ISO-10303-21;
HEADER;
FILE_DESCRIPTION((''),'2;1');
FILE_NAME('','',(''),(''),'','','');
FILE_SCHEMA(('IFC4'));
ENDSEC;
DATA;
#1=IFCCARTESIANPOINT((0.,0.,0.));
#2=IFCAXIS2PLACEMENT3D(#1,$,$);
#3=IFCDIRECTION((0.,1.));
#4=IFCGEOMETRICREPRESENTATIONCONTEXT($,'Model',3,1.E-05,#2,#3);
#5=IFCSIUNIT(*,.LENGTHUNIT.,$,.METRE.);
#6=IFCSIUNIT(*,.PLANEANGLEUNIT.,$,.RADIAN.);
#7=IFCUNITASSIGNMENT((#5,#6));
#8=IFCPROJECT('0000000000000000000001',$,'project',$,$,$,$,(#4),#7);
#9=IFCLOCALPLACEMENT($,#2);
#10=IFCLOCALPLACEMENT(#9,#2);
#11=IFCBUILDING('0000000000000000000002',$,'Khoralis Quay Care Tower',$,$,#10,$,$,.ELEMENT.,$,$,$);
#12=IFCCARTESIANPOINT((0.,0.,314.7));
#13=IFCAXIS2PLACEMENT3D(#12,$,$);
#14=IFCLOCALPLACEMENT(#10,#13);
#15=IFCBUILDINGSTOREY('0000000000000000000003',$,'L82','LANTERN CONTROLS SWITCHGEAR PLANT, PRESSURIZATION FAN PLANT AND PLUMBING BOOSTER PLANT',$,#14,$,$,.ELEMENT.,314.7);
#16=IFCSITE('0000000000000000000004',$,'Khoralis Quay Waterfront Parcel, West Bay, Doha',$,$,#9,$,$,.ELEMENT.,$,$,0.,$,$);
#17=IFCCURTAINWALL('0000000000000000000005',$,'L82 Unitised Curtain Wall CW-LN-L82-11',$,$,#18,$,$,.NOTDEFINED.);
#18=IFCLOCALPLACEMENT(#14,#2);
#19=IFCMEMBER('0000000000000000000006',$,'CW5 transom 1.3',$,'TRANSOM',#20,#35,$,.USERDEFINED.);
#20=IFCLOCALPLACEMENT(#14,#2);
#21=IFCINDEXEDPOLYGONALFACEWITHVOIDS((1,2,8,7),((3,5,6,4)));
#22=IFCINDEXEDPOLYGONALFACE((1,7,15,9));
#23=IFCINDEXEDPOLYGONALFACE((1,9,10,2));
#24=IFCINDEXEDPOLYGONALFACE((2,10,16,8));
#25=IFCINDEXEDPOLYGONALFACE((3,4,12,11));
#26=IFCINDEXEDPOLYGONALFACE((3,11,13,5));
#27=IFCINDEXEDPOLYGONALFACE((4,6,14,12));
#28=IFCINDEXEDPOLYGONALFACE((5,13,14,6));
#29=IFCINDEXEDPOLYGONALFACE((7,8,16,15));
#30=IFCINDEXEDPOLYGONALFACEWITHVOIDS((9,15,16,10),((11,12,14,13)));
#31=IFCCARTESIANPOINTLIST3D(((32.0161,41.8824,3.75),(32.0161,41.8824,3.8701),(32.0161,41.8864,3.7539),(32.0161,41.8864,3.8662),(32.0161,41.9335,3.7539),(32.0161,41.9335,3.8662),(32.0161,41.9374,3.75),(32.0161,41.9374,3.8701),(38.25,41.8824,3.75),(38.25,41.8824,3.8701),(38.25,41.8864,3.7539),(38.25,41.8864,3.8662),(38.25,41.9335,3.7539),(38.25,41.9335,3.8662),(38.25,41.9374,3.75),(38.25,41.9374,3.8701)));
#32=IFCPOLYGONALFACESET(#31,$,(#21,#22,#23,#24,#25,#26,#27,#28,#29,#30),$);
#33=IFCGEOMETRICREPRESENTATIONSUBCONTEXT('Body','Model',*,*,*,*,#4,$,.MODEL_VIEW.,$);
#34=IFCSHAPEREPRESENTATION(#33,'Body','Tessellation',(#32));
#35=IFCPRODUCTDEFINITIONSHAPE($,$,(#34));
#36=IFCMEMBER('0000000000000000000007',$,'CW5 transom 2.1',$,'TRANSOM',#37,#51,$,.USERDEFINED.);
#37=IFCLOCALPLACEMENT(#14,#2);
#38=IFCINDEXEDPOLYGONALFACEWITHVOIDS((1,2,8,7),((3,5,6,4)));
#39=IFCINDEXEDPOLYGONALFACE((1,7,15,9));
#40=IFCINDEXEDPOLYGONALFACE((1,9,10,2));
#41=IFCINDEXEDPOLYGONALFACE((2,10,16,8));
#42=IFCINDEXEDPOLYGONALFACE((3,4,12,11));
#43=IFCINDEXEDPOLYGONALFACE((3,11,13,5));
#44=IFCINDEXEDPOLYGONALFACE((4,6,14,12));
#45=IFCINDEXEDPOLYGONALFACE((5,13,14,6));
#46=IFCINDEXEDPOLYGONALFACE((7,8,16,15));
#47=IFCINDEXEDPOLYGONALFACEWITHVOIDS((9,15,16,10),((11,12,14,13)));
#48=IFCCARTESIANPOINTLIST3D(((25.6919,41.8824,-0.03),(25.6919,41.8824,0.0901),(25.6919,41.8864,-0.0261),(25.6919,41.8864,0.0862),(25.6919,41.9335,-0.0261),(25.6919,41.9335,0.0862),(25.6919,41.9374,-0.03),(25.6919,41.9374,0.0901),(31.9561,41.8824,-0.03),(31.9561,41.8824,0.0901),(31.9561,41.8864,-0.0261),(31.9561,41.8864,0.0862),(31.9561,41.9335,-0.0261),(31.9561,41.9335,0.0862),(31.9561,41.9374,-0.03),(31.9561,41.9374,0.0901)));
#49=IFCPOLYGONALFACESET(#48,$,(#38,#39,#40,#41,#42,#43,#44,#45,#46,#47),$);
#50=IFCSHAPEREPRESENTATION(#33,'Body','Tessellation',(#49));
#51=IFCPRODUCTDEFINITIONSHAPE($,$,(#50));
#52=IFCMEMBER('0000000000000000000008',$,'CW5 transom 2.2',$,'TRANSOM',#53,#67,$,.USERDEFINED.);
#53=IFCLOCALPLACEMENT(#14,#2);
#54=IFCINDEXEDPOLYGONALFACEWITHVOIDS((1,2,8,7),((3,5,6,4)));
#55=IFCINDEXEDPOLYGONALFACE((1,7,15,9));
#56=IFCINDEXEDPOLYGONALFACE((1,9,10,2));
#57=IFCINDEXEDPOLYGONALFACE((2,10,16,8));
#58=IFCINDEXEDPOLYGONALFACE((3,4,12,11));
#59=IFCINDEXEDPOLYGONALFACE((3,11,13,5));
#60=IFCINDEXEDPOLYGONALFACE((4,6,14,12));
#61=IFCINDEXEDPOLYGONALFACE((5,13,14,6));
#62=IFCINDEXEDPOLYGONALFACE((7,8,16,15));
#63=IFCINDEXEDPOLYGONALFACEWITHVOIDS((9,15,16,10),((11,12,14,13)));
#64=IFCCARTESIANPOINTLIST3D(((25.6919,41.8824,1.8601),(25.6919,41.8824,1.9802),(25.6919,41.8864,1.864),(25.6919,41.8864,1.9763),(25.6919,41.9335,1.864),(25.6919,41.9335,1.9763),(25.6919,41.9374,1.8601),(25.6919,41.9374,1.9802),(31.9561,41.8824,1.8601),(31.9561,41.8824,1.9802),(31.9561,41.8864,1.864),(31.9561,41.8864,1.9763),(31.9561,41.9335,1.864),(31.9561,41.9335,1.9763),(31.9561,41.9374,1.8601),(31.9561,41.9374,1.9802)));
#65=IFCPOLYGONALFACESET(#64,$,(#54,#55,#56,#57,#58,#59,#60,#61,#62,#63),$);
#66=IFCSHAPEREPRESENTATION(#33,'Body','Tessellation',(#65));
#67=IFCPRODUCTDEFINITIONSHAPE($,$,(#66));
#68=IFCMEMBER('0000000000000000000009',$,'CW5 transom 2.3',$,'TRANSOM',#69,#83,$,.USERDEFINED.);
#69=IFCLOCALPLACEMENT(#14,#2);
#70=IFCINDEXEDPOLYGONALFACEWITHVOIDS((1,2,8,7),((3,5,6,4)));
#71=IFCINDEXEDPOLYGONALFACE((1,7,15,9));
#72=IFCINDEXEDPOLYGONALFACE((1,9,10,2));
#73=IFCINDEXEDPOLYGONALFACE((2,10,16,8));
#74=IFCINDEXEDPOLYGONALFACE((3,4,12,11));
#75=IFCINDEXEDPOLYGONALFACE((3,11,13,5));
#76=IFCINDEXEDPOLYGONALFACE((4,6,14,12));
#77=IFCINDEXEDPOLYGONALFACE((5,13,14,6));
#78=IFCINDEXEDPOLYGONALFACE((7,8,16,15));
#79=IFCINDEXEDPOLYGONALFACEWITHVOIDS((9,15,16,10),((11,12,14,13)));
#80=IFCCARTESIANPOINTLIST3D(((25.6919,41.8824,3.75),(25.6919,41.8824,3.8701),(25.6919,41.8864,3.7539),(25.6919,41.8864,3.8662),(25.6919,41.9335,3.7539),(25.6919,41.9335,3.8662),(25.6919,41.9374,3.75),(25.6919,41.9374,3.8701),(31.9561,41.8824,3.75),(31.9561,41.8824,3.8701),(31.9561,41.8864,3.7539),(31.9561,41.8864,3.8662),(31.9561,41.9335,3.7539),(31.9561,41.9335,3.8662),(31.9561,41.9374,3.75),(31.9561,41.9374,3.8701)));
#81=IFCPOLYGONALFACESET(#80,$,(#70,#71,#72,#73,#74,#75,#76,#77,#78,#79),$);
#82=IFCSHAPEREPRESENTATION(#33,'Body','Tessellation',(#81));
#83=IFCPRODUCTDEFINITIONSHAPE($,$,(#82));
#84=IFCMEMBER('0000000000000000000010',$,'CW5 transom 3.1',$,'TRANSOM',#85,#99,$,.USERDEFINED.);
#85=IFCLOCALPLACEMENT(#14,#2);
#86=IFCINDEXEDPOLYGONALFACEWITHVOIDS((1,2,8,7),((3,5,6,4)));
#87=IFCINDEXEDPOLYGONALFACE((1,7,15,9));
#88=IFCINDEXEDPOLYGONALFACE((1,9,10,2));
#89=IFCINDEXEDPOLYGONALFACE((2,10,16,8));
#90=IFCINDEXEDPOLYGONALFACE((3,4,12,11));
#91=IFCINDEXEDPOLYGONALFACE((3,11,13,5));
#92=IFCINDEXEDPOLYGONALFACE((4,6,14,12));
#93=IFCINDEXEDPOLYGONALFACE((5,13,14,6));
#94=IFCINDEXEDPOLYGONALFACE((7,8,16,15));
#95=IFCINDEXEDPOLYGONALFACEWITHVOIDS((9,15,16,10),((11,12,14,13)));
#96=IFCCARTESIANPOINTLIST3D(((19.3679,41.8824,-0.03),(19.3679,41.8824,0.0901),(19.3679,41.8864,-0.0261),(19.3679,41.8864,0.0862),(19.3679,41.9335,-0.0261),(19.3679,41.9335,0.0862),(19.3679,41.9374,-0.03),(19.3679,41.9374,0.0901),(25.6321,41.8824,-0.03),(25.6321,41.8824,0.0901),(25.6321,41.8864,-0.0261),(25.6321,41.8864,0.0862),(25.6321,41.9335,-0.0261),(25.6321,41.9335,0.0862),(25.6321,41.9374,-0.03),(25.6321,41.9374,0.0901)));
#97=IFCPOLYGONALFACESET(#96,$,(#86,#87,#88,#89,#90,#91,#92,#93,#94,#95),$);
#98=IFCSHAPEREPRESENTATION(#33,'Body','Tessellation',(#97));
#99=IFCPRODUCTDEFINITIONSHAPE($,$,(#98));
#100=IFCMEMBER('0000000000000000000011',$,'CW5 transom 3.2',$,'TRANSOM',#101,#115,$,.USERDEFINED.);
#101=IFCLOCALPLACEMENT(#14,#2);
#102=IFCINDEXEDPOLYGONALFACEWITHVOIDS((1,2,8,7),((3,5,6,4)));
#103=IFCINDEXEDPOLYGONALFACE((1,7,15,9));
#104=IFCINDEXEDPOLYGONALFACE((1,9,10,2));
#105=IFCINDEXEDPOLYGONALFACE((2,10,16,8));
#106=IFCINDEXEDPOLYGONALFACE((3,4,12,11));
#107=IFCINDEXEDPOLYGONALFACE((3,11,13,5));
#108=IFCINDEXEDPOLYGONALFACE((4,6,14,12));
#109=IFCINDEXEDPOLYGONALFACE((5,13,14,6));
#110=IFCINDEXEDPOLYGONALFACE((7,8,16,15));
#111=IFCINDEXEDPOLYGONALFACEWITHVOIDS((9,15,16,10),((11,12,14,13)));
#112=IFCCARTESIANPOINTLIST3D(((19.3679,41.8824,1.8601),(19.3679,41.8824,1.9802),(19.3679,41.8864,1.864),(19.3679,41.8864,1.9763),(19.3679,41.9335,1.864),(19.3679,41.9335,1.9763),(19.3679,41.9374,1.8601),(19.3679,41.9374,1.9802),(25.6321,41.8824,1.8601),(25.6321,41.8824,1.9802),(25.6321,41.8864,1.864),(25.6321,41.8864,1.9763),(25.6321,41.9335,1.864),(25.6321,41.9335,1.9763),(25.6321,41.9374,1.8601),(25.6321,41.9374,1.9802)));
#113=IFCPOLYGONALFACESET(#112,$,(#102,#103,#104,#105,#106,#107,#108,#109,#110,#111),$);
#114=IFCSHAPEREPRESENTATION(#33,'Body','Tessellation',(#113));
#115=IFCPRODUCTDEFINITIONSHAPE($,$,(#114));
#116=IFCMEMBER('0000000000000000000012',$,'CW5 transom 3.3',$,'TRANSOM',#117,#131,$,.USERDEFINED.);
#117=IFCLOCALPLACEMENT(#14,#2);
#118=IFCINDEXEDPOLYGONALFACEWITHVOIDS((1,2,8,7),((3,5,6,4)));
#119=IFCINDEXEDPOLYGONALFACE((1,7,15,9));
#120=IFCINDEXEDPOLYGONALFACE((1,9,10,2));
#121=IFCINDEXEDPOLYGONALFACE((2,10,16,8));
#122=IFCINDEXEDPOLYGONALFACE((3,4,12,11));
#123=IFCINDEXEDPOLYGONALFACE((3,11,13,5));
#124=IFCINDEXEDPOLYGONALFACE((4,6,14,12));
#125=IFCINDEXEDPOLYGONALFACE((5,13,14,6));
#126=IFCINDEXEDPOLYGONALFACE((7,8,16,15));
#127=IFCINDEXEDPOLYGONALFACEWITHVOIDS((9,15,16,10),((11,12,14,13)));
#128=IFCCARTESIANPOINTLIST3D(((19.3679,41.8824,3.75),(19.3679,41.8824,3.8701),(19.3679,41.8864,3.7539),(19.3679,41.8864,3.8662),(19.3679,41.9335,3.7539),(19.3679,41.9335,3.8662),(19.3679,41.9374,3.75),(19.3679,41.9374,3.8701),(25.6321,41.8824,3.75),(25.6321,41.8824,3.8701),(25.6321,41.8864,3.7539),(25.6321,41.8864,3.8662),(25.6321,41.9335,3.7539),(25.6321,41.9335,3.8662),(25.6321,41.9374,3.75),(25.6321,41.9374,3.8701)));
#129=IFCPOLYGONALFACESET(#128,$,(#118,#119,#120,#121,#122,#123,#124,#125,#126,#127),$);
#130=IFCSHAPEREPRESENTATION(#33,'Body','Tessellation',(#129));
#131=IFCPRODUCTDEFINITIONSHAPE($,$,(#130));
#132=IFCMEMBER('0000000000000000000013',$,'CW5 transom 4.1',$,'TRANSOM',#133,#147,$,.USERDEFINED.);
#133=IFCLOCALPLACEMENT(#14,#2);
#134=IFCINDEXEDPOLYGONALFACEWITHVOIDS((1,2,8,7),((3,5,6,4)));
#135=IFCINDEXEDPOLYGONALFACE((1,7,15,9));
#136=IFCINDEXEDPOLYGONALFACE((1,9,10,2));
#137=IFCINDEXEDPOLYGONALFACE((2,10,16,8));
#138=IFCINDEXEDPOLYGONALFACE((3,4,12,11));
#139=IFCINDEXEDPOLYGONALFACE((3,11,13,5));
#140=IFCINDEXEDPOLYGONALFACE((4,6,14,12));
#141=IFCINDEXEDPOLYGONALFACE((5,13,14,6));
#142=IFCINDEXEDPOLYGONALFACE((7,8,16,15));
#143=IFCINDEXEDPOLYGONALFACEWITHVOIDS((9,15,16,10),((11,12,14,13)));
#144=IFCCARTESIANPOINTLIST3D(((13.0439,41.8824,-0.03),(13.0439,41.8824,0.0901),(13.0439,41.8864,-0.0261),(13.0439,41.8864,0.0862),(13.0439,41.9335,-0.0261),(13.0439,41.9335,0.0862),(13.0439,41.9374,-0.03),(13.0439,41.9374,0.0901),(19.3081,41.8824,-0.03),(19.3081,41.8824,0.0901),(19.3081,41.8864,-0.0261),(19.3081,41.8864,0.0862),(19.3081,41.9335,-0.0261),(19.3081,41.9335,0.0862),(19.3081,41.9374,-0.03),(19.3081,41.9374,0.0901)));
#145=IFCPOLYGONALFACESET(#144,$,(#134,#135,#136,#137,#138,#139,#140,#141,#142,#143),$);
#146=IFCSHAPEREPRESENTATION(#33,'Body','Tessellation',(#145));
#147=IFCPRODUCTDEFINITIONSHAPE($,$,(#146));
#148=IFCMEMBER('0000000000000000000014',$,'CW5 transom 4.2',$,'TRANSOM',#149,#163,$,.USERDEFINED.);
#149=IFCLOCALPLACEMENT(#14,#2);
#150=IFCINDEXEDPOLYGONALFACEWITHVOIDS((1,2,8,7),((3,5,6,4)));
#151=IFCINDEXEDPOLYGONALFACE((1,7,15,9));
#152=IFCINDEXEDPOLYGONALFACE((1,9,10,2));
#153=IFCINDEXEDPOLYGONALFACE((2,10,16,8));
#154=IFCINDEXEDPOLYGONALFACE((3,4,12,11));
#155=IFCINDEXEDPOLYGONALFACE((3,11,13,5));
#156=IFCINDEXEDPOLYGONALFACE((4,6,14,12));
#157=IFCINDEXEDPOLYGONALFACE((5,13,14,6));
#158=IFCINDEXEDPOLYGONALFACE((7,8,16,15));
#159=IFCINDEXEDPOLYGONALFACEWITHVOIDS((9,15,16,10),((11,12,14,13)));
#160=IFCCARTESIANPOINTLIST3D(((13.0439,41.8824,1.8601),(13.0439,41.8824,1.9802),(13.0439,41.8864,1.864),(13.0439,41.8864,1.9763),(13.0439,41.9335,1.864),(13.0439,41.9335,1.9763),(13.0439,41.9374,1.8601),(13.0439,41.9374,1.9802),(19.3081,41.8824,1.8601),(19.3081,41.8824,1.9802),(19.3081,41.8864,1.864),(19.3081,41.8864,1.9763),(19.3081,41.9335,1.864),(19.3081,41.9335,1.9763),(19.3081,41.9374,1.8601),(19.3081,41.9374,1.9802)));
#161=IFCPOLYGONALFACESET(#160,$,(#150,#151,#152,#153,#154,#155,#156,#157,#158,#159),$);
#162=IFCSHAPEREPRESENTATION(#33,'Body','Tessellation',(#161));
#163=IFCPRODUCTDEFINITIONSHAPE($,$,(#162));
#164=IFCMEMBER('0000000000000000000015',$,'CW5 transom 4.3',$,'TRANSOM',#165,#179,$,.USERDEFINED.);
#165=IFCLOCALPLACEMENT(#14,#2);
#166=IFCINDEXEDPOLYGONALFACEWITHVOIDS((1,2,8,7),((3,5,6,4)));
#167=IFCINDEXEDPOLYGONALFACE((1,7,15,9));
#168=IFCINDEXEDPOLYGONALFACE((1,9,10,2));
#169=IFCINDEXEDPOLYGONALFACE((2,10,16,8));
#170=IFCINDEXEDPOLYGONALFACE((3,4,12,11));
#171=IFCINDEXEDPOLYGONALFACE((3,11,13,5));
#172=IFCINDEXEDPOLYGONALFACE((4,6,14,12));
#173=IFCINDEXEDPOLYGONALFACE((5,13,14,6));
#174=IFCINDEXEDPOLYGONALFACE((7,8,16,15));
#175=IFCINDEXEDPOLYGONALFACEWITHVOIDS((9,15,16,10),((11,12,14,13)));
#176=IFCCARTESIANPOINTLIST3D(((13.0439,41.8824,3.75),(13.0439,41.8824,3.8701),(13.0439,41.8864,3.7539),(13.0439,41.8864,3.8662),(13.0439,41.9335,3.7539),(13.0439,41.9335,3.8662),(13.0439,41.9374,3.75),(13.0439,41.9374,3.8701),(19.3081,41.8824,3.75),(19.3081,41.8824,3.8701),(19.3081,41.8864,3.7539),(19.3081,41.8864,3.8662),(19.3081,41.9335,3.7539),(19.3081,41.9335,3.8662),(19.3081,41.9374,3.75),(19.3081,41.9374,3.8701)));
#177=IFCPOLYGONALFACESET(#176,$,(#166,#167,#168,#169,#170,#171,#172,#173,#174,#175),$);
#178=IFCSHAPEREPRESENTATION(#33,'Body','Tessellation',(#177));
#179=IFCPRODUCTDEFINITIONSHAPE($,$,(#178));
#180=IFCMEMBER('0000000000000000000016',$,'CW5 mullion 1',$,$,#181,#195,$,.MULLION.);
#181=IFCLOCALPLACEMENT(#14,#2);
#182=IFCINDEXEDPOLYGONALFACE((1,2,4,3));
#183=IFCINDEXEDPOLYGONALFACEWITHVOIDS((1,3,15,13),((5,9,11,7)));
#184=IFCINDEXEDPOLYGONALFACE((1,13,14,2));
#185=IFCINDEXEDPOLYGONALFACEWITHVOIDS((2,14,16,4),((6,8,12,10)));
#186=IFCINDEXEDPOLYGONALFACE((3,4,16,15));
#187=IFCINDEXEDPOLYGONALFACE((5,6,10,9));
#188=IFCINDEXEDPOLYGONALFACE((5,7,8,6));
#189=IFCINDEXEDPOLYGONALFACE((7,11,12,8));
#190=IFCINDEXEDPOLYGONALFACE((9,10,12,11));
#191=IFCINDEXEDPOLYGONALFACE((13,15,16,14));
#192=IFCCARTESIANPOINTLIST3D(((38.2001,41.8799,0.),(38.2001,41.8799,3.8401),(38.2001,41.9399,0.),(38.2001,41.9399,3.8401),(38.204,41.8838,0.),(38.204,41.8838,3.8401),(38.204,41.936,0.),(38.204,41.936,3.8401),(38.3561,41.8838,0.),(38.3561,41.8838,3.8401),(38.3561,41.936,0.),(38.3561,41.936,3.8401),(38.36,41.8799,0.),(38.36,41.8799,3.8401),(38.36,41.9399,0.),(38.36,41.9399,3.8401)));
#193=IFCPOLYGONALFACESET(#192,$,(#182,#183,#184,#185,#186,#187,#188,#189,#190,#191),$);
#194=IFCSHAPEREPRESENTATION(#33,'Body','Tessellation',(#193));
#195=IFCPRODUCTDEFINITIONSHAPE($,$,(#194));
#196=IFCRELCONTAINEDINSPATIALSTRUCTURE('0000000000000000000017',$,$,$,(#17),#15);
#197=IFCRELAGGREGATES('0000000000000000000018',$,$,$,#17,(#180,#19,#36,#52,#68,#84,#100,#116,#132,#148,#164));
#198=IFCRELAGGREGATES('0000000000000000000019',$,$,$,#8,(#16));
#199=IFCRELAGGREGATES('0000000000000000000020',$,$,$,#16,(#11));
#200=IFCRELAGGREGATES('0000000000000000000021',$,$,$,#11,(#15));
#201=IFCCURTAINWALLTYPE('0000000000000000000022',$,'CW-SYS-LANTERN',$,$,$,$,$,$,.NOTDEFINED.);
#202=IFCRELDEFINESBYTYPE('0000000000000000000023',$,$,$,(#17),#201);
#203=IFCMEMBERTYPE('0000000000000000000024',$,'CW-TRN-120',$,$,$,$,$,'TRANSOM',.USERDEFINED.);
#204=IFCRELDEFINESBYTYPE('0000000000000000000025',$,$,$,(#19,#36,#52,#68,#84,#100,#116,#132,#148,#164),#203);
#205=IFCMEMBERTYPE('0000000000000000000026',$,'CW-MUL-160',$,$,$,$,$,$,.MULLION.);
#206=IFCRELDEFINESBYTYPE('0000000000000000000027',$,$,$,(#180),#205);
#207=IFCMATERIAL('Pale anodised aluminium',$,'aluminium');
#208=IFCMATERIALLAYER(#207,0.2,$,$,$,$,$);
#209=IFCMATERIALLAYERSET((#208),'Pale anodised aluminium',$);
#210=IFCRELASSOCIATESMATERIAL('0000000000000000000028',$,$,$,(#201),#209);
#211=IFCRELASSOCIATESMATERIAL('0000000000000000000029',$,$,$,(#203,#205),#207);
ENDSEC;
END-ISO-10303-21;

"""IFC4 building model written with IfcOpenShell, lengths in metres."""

from ifc_helpers import new_model, si_unit, direction, frame, origin, origin_2d, place, context, subcontext, project, spatial, hollow_rectangle, extrude, source, transform, mapped, material, layer, layer_set, material_profile, profile_set, type_object, element, aggregate, save


model = new_model("IFC4")

# Units and contexts
model_context = context("Model", 3, precision=1e-05, world=origin(), true_north=direction((0.0, 1.0)))
body_context = subcontext(model_context, "Body", "Model", "MODEL_VIEW")
ifc_project = project(units=[si_unit("LENGTHUNIT", "METRE"), si_unit("PLANEANGLEUNIT", "RADIAN")], contexts=[model_context])

# Site, building, storey
site_placement = place(None, origin())
site = spatial("IfcSite", under=ifc_project, at=site_placement, Name="Khoralis Quay Waterfront Parcel, West Bay, Doha", CompositionType="ELEMENT", RefElevation=0.0)
building_placement = place(site_placement, origin())
building = spatial("IfcBuilding", under=site, at=building_placement, Name="Khoralis Quay Care Tower", CompositionType="ELEMENT")
storey_placement = place(building_placement, frame((0.0, 0.0, 314.7)))
storey = spatial("IfcBuildingStorey", under=building, at=storey_placement, Name="L82", Description="LANTERN CONTROLS SWITCHGEAR PLANT, PRESSURIZATION FAN PLANT AND PLUMBING BOOSTER PLANT", CompositionType="ELEMENT", Elevation=314.7)

# Curtain wall, members
ifc_material_1 = material(Name="Pale anodised aluminium", Category="aluminium")
ifc_layer_1 = layer(ifc_material_1, 0.2)
ifc_layer_set_1 = layer_set([ifc_layer_1], Name="Pale anodised aluminium")
curtain_wall_type = type_object("IfcCurtainWallType", Name="CW-SYS-LANTERN", PredefinedType="NOTDEFINED", material=ifc_layer_set_1)
curtain_wall_placement = place(storey_placement, origin())
curtain_wall = element("IfcCurtainWall", 1, at=curtain_wall_placement, inside=storey, type_object=curtain_wall_type, Name="L82 Unitised Curtain Wall CW-LN-L82-11", PredefinedType="NOTDEFINED")
ifc_material_profile_1 = material_profile(ifc_material_1, hollow_rectangle(XDim=0.0549, YDim=0.1201, WallThickness=0.0039, at=origin_2d()), Name="Pale anodised aluminium")
ifc_profile_set_1 = profile_set([ifc_material_profile_1], Name="Pale anodised aluminium")
member_type_1 = type_object("IfcMemberType", Name="CW-TRN-120", ElementType="TRANSOM", PredefinedType="USERDEFINED", material=ifc_profile_set_1)
shared_shape_1 = source(origin(), body_context, "Body", "SweptSolid", [
    extrude(hollow_rectangle(XDim=0.0549, YDim=0.1201, WallThickness=0.0039, at=origin_2d()), origin(), (0.0, 0.0, 1.0), 6.2339),
])
member_1_placement = place(storey_placement, frame((38.25, 41.9099, 3.8101), z_axis=(-1.0, 0.0, 0.0), x_axis=(0.0, -1.0, 0.0)))
member_1 = element("IfcMember", 2, at=member_1_placement, type_object=member_type_1, Name="CW5 transom 1.3", ObjectType="TRANSOM", PredefinedType="USERDEFINED", context=body_context, shape_type="MappedRepresentation", body=[
    mapped(shared_shape_1, transform((0.0, 0.0, 0.0), scale=1.0)),
])
shared_shape_2 = source(origin(), body_context, "Body", "SweptSolid", [
    extrude(hollow_rectangle(XDim=0.0549, YDim=0.1201, WallThickness=0.0039, at=origin_2d()), origin(), (0.0, 0.0, 1.0), 6.2642),
])
member_2_placement = place(storey_placement, frame((31.9561, 41.9099, 0.03), z_axis=(-1.0, 0.0, 0.0), x_axis=(0.0, -1.0, 0.0)))
member_2 = element("IfcMember", 3, at=member_2_placement, type_object=member_type_1, Name="CW5 transom 2.1", ObjectType="TRANSOM", PredefinedType="USERDEFINED", context=body_context, shape_type="MappedRepresentation", body=[
    mapped(shared_shape_2, transform((0.0, 0.0, 0.0), scale=1.0)),
])
member_3_placement = place(storey_placement, frame((31.9561, 41.9099, 1.9202), z_axis=(-1.0, 0.0, 0.0), x_axis=(0.0, -1.0, 0.0)))
member_3 = element("IfcMember", 4, at=member_3_placement, type_object=member_type_1, Name="CW5 transom 2.2", ObjectType="TRANSOM", PredefinedType="USERDEFINED", context=body_context, shape_type="MappedRepresentation", body=[
    mapped(shared_shape_2, transform((0.0, 0.0, 0.0), scale=1.0)),
])
member_4_placement = place(storey_placement, frame((31.9561, 41.9099, 3.8101), z_axis=(-1.0, 0.0, 0.0), x_axis=(0.0, -1.0, 0.0)))
member_4 = element("IfcMember", 5, at=member_4_placement, type_object=member_type_1, Name="CW5 transom 2.3", ObjectType="TRANSOM", PredefinedType="USERDEFINED", context=body_context, shape_type="MappedRepresentation", body=[
    mapped(shared_shape_2, transform((0.0, 0.0, 0.0), scale=1.0)),
])
member_5_placement = place(storey_placement, frame((25.6321, 41.9099, 0.03), z_axis=(-1.0, 0.0, 0.0), x_axis=(0.0, -1.0, 0.0)))
member_5 = element("IfcMember", 6, at=member_5_placement, type_object=member_type_1, Name="CW5 transom 3.1", ObjectType="TRANSOM", PredefinedType="USERDEFINED", context=body_context, shape_type="MappedRepresentation", body=[
    mapped(shared_shape_2, transform((0.0, 0.0, 0.0), scale=1.0)),
])
member_6_placement = place(storey_placement, frame((25.6321, 41.9099, 1.9202), z_axis=(-1.0, 0.0, 0.0), x_axis=(0.0, -1.0, 0.0)))
member_6 = element("IfcMember", 7, at=member_6_placement, type_object=member_type_1, Name="CW5 transom 3.2", ObjectType="TRANSOM", PredefinedType="USERDEFINED", context=body_context, shape_type="MappedRepresentation", body=[
    mapped(shared_shape_2, transform((0.0, 0.0, 0.0), scale=1.0)),
])
member_7_placement = place(storey_placement, frame((25.6321, 41.9099, 3.8101), z_axis=(-1.0, 0.0, 0.0), x_axis=(0.0, -1.0, 0.0)))
member_7 = element("IfcMember", 8, at=member_7_placement, type_object=member_type_1, Name="CW5 transom 3.3", ObjectType="TRANSOM", PredefinedType="USERDEFINED", context=body_context, shape_type="MappedRepresentation", body=[
    mapped(shared_shape_2, transform((0.0, 0.0, 0.0), scale=1.0)),
])
member_8_placement = place(storey_placement, frame((19.3081, 41.9099, 0.03), z_axis=(-1.0, 0.0, 0.0), x_axis=(0.0, -1.0, 0.0)))
member_8 = element("IfcMember", 9, at=member_8_placement, type_object=member_type_1, Name="CW5 transom 4.1", ObjectType="TRANSOM", PredefinedType="USERDEFINED", context=body_context, shape_type="MappedRepresentation", body=[
    mapped(shared_shape_2, transform((0.0, 0.0, 0.0), scale=1.0)),
])
member_9_placement = place(storey_placement, frame((19.3081, 41.9099, 1.9202), z_axis=(-1.0, 0.0, 0.0), x_axis=(0.0, -1.0, 0.0)))
member_9 = element("IfcMember", 10, at=member_9_placement, type_object=member_type_1, Name="CW5 transom 4.2", ObjectType="TRANSOM", PredefinedType="USERDEFINED", context=body_context, shape_type="MappedRepresentation", body=[
    mapped(shared_shape_2, transform((0.0, 0.0, 0.0), scale=1.0)),
])
member_10_placement = place(storey_placement, frame((19.3081, 41.9099, 3.8101), z_axis=(-1.0, 0.0, 0.0), x_axis=(0.0, -1.0, 0.0)))
member_10 = element("IfcMember", 11, at=member_10_placement, type_object=member_type_1, Name="CW5 transom 4.3", ObjectType="TRANSOM", PredefinedType="USERDEFINED", context=body_context, shape_type="MappedRepresentation", body=[
    mapped(shared_shape_2, transform((0.0, 0.0, 0.0), scale=1.0)),
])
ifc_material_profile_2 = material_profile(ifc_material_1, hollow_rectangle(XDim=0.0601, YDim=0.1599, WallThickness=0.0039, at=origin_2d()), Name="Pale anodised aluminium")
ifc_profile_set_2 = profile_set([ifc_material_profile_2], Name="Pale anodised aluminium")
member_type_2 = type_object("IfcMemberType", Name="CW-MUL-160", PredefinedType="MULLION", material=ifc_profile_set_2)
shared_shape_3 = source(origin(), body_context, "Body", "SweptSolid", [
    extrude(hollow_rectangle(XDim=0.0601, YDim=0.1599, WallThickness=0.0039, at=origin_2d()), origin(), (0.0, 0.0, 1.0), 3.8401),
])
member_11_placement = place(storey_placement, frame((38.28, 41.9099, 0.0), z_axis=(0.0, 0.0, 1.0), x_axis=(0.0, -1.0, 0.0)))
member_11 = element("IfcMember", 12, at=member_11_placement, type_object=member_type_2, Name="CW5 mullion 1", PredefinedType="MULLION", context=body_context, shape_type="MappedRepresentation", body=[
    mapped(shared_shape_3, transform((0.0, 0.0, 0.0), scale=1.0)),
])
aggregate(curtain_wall, [member_11, member_1, member_2, member_3, member_4, member_5, member_6, member_7, member_8, member_9, member_10])

save(model, "model.ifc")
